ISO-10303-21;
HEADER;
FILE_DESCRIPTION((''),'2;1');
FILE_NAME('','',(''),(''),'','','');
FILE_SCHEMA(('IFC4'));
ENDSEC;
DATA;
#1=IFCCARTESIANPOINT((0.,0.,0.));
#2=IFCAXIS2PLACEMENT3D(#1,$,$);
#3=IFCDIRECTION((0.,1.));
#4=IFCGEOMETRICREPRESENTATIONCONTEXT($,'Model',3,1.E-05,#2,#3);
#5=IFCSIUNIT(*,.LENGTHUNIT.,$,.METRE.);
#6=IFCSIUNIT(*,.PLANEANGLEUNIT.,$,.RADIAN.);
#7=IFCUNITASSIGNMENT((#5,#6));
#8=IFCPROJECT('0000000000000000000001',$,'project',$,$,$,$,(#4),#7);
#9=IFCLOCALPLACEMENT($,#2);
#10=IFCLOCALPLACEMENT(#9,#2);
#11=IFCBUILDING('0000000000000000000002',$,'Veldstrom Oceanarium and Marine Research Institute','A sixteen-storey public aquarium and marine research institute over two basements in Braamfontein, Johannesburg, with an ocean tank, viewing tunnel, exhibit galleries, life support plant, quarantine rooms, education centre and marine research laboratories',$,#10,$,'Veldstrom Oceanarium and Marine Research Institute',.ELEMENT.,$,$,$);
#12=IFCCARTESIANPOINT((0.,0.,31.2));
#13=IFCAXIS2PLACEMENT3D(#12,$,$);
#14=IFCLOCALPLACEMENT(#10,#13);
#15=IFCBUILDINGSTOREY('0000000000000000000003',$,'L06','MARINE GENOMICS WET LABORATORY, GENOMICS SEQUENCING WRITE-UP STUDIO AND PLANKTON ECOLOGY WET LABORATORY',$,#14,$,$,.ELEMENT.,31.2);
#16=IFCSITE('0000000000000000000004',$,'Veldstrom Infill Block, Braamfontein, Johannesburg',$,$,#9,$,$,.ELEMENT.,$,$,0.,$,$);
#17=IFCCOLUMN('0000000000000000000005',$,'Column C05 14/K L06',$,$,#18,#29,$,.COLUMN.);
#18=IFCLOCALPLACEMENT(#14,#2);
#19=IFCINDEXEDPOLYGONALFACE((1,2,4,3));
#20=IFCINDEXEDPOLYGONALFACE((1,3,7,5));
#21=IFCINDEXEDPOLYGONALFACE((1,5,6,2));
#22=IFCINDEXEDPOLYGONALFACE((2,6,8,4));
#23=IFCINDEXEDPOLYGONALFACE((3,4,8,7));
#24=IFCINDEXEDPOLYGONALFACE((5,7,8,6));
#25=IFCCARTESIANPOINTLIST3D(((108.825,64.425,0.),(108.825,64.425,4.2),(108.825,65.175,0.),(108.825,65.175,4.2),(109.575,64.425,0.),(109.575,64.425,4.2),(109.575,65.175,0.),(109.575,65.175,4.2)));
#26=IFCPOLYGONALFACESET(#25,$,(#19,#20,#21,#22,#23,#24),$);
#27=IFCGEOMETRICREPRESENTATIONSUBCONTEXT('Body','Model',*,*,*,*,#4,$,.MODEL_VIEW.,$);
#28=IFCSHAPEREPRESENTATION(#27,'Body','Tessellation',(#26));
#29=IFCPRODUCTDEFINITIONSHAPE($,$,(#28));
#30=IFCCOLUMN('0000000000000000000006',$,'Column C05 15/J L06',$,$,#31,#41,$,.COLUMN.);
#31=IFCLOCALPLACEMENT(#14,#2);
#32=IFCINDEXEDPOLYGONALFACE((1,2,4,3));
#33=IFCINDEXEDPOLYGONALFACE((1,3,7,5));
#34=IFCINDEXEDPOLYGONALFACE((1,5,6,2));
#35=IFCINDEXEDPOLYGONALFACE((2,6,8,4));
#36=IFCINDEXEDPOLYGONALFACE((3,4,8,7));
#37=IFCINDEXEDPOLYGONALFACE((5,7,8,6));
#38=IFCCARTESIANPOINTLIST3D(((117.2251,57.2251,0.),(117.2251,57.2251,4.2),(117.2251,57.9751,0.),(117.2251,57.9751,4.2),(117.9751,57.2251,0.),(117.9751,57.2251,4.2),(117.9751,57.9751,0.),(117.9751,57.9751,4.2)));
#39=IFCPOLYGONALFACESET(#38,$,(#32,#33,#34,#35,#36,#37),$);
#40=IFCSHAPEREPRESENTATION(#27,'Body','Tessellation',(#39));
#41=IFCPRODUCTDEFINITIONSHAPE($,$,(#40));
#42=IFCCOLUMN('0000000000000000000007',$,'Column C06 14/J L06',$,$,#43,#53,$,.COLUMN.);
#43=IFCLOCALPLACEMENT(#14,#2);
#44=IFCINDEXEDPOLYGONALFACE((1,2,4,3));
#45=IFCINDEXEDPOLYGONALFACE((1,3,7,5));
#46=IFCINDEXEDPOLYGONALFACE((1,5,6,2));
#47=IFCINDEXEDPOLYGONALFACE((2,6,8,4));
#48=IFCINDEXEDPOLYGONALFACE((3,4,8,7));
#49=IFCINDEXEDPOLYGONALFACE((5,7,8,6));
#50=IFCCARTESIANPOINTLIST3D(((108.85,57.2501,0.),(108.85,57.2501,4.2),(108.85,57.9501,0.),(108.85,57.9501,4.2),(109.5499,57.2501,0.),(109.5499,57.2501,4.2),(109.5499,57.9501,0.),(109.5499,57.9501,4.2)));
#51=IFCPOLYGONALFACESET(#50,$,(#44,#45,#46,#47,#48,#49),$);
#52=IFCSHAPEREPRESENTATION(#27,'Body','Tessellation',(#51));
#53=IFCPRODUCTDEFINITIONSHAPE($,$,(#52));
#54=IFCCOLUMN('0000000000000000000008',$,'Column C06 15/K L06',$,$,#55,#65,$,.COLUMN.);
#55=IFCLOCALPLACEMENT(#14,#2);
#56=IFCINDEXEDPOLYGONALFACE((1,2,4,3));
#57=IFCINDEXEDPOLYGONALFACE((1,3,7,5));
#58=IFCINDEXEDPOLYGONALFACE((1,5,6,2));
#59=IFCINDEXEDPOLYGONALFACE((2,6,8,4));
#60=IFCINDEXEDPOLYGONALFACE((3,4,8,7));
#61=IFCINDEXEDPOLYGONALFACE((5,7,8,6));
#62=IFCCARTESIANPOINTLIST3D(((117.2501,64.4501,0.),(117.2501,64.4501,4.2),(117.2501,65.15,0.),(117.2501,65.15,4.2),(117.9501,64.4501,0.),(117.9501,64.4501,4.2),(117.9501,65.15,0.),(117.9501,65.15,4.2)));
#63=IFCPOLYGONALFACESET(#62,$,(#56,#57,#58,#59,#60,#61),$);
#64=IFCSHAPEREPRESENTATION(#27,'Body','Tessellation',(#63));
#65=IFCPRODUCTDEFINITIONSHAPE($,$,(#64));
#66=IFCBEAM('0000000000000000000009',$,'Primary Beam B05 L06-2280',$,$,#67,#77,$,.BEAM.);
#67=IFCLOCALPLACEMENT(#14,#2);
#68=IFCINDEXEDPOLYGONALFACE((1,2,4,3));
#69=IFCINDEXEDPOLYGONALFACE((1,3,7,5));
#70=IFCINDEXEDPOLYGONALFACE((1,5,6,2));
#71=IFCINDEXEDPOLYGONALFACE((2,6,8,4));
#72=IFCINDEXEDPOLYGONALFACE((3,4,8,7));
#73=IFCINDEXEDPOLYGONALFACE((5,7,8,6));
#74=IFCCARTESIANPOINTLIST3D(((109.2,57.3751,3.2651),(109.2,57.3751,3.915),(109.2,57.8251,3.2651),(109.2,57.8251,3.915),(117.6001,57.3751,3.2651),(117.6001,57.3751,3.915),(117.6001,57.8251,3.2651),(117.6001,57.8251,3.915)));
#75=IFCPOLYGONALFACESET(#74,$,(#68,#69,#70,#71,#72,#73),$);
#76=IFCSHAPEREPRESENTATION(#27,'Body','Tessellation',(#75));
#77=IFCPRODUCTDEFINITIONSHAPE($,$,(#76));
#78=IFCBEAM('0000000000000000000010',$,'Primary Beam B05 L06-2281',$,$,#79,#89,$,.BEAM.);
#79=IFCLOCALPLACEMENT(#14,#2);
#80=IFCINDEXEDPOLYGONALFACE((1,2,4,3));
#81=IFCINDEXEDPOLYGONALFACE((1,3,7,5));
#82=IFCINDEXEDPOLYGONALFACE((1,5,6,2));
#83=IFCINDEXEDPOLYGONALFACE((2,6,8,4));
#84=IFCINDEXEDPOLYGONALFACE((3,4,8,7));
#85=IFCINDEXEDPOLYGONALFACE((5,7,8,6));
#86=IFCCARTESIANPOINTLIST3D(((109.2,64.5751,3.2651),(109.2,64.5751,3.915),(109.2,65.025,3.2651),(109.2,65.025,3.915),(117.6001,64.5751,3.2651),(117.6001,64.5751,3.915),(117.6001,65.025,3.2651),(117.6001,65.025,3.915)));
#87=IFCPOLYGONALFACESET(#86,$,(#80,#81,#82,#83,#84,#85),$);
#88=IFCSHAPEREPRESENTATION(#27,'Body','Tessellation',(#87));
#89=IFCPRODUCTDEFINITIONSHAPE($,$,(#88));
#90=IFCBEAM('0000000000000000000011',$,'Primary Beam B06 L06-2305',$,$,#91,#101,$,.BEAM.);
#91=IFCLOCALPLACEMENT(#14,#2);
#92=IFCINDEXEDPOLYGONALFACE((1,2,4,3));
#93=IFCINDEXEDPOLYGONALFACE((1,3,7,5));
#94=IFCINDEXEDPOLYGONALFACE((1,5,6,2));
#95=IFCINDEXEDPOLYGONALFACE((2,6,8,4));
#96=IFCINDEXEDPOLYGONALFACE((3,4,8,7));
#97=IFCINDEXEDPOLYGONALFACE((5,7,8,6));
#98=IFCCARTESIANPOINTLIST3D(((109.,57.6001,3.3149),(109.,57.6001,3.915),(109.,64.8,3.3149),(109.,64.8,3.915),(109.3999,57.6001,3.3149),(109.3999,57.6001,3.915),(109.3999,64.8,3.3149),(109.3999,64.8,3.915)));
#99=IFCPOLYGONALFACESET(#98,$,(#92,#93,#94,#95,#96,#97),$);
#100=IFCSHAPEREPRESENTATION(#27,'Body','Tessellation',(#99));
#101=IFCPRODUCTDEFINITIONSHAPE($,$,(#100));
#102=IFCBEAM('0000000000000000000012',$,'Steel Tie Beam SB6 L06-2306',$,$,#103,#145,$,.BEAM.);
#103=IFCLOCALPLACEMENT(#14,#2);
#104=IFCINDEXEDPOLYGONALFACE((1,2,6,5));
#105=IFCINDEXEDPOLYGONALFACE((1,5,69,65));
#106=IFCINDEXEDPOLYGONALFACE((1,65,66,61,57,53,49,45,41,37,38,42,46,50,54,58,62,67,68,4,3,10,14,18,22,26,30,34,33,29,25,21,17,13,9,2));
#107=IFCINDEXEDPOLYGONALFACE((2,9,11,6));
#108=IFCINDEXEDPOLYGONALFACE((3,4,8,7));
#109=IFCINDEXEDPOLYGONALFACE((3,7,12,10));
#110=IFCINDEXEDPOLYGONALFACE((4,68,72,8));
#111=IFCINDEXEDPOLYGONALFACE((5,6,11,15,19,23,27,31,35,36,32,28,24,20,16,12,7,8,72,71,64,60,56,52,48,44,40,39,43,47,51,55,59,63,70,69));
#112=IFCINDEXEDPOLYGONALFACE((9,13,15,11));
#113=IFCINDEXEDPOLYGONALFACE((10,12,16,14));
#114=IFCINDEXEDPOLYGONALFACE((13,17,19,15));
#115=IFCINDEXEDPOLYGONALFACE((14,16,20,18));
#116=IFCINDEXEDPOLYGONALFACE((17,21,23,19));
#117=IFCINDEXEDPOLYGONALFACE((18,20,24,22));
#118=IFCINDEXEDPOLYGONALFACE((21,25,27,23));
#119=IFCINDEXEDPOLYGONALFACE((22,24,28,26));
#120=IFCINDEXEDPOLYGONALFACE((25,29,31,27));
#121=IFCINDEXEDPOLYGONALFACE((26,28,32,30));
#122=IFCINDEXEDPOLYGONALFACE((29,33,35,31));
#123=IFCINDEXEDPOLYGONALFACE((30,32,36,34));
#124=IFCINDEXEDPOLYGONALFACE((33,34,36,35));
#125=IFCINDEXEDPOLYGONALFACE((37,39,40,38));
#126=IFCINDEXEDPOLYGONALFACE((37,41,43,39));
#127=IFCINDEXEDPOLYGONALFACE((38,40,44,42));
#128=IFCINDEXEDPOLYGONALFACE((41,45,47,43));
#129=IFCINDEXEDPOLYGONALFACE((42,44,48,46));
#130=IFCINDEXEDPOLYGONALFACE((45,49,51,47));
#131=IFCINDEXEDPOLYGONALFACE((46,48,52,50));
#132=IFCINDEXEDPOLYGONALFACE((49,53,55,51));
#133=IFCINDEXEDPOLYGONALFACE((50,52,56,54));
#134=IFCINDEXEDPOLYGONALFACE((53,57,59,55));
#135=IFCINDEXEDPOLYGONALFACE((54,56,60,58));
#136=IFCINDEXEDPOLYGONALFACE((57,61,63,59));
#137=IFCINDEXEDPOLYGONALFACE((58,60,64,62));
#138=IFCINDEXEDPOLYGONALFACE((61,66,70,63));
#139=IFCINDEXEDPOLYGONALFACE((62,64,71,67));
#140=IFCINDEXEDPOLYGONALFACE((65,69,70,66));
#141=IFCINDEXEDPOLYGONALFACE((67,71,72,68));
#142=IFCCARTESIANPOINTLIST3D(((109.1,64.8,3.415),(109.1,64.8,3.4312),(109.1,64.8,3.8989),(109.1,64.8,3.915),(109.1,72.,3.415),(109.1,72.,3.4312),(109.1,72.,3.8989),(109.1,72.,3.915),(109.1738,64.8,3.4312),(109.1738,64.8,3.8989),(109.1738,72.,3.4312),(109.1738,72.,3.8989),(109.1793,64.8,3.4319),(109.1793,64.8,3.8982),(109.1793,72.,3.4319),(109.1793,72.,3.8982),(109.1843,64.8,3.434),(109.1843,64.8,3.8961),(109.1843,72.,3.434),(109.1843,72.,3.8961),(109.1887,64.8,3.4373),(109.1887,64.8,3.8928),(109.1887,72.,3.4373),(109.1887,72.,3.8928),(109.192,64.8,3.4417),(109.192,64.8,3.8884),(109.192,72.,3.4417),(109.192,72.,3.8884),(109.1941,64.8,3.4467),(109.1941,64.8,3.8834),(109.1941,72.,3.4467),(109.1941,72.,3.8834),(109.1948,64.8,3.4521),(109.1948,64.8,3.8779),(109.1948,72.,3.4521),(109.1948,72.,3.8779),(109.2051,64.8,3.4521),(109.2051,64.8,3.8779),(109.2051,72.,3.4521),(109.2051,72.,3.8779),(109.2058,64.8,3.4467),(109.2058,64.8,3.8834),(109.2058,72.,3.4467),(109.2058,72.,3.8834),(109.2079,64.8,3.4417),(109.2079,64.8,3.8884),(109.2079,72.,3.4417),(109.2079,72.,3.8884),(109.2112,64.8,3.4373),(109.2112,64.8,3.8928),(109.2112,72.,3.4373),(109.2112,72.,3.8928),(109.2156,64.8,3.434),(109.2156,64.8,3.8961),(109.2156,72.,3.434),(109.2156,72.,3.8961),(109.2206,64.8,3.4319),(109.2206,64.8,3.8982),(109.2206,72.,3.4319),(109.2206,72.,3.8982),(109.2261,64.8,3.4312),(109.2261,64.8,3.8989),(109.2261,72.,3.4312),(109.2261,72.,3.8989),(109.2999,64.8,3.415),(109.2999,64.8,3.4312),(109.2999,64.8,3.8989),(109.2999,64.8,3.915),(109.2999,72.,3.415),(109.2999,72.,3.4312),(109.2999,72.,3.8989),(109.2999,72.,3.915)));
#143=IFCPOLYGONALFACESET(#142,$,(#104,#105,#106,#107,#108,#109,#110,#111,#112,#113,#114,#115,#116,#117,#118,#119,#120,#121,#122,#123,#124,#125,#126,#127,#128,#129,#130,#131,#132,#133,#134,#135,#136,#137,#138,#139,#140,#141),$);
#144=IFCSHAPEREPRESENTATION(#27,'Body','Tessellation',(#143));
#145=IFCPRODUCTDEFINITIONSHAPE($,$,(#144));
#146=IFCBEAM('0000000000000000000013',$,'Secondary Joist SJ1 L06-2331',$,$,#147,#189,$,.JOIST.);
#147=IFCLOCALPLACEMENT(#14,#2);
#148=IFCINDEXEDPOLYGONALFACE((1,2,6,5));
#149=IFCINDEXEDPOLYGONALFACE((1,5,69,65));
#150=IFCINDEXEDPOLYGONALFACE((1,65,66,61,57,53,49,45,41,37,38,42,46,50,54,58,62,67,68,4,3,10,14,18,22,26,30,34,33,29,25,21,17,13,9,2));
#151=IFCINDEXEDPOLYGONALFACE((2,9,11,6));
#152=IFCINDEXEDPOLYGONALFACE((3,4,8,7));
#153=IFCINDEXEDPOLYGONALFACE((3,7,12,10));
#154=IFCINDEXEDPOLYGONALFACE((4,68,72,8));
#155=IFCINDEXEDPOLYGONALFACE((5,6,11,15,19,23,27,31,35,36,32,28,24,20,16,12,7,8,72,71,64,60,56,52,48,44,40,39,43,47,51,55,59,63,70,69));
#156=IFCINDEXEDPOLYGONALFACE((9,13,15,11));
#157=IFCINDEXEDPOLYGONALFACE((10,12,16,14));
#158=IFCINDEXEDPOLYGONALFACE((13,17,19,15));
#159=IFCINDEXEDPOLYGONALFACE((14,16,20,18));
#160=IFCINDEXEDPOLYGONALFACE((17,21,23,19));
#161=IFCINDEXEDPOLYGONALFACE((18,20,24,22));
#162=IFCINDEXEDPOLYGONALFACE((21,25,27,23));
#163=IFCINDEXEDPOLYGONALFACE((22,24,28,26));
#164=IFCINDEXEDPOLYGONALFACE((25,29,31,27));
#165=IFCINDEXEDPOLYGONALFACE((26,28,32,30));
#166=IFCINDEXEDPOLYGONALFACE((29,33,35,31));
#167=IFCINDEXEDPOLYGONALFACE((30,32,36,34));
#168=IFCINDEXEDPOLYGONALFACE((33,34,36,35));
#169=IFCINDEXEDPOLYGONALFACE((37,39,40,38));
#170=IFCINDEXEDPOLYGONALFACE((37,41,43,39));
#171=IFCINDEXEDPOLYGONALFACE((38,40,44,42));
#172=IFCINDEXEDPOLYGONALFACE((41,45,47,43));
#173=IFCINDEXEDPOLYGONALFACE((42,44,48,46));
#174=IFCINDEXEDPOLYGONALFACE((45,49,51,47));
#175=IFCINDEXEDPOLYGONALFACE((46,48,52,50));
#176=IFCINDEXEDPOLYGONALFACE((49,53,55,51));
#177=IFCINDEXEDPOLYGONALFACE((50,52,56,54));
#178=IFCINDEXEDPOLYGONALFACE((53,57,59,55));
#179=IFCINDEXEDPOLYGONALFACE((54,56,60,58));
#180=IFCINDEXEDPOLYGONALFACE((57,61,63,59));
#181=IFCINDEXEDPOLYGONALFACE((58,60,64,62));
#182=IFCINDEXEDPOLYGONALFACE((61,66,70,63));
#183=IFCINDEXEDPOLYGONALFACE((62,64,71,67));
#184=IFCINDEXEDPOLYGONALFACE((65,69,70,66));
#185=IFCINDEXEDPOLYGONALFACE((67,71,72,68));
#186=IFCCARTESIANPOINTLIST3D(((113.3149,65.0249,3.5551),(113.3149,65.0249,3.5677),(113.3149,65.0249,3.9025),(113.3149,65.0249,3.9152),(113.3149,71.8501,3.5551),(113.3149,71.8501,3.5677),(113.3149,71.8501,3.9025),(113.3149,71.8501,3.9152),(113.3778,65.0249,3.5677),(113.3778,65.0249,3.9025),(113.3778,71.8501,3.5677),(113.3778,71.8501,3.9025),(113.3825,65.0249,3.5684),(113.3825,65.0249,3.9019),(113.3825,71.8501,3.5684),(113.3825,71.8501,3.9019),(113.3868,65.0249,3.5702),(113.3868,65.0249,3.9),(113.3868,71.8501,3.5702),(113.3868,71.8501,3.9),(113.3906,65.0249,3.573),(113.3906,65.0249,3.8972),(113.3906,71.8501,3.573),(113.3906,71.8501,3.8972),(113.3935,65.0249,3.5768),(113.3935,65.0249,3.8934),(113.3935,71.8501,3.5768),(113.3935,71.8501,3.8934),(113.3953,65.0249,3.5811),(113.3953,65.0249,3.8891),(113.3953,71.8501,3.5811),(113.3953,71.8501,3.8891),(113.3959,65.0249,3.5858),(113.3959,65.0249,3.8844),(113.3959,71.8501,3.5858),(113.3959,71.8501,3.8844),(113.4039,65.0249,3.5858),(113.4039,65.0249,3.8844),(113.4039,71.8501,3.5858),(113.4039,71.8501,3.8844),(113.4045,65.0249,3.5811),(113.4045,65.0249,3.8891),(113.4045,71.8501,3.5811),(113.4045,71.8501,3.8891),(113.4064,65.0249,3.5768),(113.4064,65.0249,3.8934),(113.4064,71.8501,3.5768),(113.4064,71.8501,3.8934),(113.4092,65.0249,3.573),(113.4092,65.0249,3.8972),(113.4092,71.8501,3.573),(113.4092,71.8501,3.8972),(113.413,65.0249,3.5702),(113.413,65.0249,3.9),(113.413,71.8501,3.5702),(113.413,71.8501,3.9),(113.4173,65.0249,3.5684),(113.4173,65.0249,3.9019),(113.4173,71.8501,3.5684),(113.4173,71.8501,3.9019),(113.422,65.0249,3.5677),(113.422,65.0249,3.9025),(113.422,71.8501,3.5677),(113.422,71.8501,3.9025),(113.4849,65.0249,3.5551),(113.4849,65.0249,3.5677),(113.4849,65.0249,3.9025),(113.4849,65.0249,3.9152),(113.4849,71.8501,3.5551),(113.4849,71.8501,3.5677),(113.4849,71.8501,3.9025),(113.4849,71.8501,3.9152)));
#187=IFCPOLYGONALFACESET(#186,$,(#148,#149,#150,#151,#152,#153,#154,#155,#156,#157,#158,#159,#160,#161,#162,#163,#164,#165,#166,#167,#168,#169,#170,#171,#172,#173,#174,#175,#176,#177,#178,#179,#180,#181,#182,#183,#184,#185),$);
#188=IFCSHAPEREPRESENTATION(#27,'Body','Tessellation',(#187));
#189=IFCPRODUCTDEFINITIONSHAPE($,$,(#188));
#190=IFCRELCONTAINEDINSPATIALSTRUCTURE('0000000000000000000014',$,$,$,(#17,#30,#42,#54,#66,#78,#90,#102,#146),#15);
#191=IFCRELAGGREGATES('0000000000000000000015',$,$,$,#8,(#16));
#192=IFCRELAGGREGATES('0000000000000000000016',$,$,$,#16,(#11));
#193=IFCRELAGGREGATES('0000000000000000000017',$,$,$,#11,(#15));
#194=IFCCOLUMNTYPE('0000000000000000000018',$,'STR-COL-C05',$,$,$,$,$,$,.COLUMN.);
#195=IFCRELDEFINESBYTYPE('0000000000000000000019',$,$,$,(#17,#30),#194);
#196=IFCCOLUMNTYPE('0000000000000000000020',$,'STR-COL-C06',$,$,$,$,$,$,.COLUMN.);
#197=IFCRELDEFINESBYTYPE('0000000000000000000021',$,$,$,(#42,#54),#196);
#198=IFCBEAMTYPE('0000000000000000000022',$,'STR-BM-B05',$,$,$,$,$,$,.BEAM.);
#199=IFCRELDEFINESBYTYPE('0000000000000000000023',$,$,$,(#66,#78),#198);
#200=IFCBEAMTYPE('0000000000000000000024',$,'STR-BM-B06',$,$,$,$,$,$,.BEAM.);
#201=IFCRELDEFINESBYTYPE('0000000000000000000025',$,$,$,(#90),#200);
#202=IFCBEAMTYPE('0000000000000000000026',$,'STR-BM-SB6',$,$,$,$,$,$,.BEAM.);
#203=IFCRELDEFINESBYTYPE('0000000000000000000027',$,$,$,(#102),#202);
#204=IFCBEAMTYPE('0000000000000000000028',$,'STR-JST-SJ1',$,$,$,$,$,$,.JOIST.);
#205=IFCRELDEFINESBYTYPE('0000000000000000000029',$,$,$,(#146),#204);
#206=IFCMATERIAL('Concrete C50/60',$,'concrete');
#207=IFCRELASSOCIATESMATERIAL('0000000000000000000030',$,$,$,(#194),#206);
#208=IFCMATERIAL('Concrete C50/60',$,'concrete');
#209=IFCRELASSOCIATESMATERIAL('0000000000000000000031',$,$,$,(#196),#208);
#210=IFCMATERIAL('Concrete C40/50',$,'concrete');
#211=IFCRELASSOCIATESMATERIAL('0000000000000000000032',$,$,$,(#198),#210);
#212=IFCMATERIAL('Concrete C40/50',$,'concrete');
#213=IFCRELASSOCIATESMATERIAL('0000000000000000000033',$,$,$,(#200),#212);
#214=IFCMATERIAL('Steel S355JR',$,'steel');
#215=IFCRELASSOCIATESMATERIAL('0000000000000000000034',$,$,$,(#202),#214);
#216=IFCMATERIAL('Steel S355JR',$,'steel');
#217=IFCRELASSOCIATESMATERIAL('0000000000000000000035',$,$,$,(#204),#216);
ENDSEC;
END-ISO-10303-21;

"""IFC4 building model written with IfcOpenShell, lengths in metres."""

from ifc_helpers import new_model, si_unit, direction, frame, origin, origin_2d, place, context, subcontext, project, spatial, rectangle, i_section, extrude, material, material_profile, profile_set, type_object, element, save


model = new_model("IFC4")

# Units and contexts
model_context = context("Model", 3, precision=1e-05, world=origin(), true_north=direction((0.0, 1.0)))
body_context = subcontext(model_context, "Body", "Model", "MODEL_VIEW")
ifc_project = project(units=[si_unit("LENGTHUNIT", "METRE"), si_unit("PLANEANGLEUNIT", "RADIAN")], contexts=[model_context])

# Site, building, storey
site_placement = place(None, origin())
site = spatial("IfcSite", under=ifc_project, at=site_placement, Name="Veldstrom Infill Block, Braamfontein, Johannesburg", CompositionType="ELEMENT", RefElevation=0.0)
building_placement = place(site_placement, origin())
building = spatial("IfcBuilding", under=site, at=building_placement, Name="Veldstrom Oceanarium and Marine Research Institute", Description="A sixteen-storey public aquarium and marine research institute over two basements in Braamfontein, Johannesburg, with an ocean tank, viewing tunnel, exhibit galleries, life support plant, quarantine rooms, education centre and marine research laboratories", LongName="Veldstrom Oceanarium and Marine Research Institute", CompositionType="ELEMENT")
storey_placement = place(building_placement, frame((0.0, 0.0, 31.2)))
storey = spatial("IfcBuildingStorey", under=building, at=storey_placement, Name="L06", Description="MARINE GENOMICS WET LABORATORY, GENOMICS SEQUENCING WRITE-UP STUDIO AND PLANKTON ECOLOGY WET LABORATORY", CompositionType="ELEMENT", Elevation=31.2)

# Columns
ifc_material_1 = material(Name="Concrete C50/60", Category="concrete")
ifc_material_profile_1 = material_profile(ifc_material_1, rectangle(XDim=0.75, YDim=0.75, at=origin_2d()), Name="RC-COL-750x750")
ifc_profile_set_1 = profile_set([ifc_material_profile_1], Name="Concrete C50/60")
column_type_1 = type_object("IfcColumnType", Name="STR-COL-C05", PredefinedType="COLUMN", material=ifc_profile_set_1)
for number, where, z_axis, x_axis, name in (
    (1, (109.2, 64.8, 0.0), (0.0, 0.0, 1.0), (1.0, 0.0, 0.0), "Column C05 14/K L06"),
    (2, (117.6001, 57.6001, 0.0), (0.0, 0.0, 1.0), (1.0, 0.0, 0.0), "Column C05 15/J L06"),
):
    element("IfcColumn", number, at=place(storey_placement, frame(where, z_axis=z_axis, x_axis=x_axis)), inside=storey, type_object=column_type_1, Name=name, PredefinedType="COLUMN", context=body_context, shape_type="SweptSolid", body=[
        extrude(rectangle(XDim=0.75, YDim=0.75, at=origin_2d()), origin(), (0.0, 0.0, 1.0), 4.2),
    ])
ifc_material_2 = material(Name="Concrete C50/60", Category="concrete")
ifc_material_profile_2 = material_profile(ifc_material_2, rectangle(XDim=0.7, YDim=0.7, at=origin_2d()), Name="RC-COL-700x700")
ifc_profile_set_2 = profile_set([ifc_material_profile_2], Name="Concrete C50/60")
column_type_2 = type_object("IfcColumnType", Name="STR-COL-C06", PredefinedType="COLUMN", material=ifc_profile_set_2)
for number, where, z_axis, x_axis, name in (
    (3, (109.2, 57.6001, 0.0), (0.0, 0.0, 1.0), (1.0, 0.0, 0.0), "Column C06 14/J L06"),
    (4, (117.6001, 64.8, 0.0), (0.0, 0.0, 1.0), (1.0, 0.0, 0.0), "Column C06 15/K L06"),
):
    element("IfcColumn", number, at=place(storey_placement, frame(where, z_axis=z_axis, x_axis=x_axis)), inside=storey, type_object=column_type_2, Name=name, PredefinedType="COLUMN", context=body_context, shape_type="SweptSolid", body=[
        extrude(rectangle(XDim=0.7, YDim=0.7, at=origin_2d()), origin(), (0.0, 0.0, 1.0), 4.2),
    ])

# Beams
ifc_material_3 = material(Name="Concrete C40/50", Category="concrete")
ifc_material_profile_3 = material_profile(ifc_material_3, rectangle(XDim=0.45, YDim=0.6499, at=origin_2d()), Name="RC-BM-450x650")
ifc_profile_set_3 = profile_set([ifc_material_profile_3], Name="Concrete C40/50")
beam_type_1 = type_object("IfcBeamType", Name="STR-BM-B05", PredefinedType="BEAM", material=ifc_profile_set_3)
for number, where, z_axis, x_axis, name in (
    (5, (109.2, 57.6001, 3.5901), (1.0, 0.0, 0.0), (0.0, 1.0, 0.0), "Primary Beam B05 L06-2280"),
    (6, (109.2, 64.8, 3.5901), (1.0, 0.0, 0.0), (0.0, 1.0, 0.0), "Primary Beam B05 L06-2281"),
):
    element("IfcBeam", number, at=place(storey_placement, frame(where, z_axis=z_axis, x_axis=x_axis)), inside=storey, type_object=beam_type_1, Name=name, PredefinedType="BEAM", context=body_context, shape_type="SweptSolid", body=[
        extrude(rectangle(XDim=0.45, YDim=0.6499, at=origin_2d()), origin(), (0.0, 0.0, 1.0), 8.4001),
    ])
ifc_material_4 = material(Name="Concrete C40/50", Category="concrete")
ifc_material_profile_4 = material_profile(ifc_material_4, rectangle(XDim=0.3999, YDim=0.6001, at=origin_2d()), Name="RC-BM-400x600")
ifc_profile_set_4 = profile_set([ifc_material_profile_4], Name="Concrete C40/50")
beam_type_2 = type_object("IfcBeamType", Name="STR-BM-B06", PredefinedType="BEAM", material=ifc_profile_set_4)
beam_1_placement = place(storey_placement, frame((109.2, 57.6001, 3.615), z_axis=(0.0, 1.0, 0.0), x_axis=(-1.0, 0.0, 0.0)))
element("IfcBeam", 7, at=beam_1_placement, inside=storey, type_object=beam_type_2, Name="Primary Beam B06 L06-2305", PredefinedType="BEAM", context=body_context, shape_type="SweptSolid", body=[
    extrude(rectangle(XDim=0.3999, YDim=0.6001, at=origin_2d()), origin(), (0.0, 0.0, 1.0), 7.2),
])
ifc_material_5 = material(Name="Steel S355JR", Category="steel")
ifc_material_profile_5 = material_profile(ifc_material_5, i_section(OverallWidth=0.2, OverallDepth=0.5, WebThickness=0.0103, FlangeThickness=0.0161, FilletRadius=0.021, at=origin_2d()), Name="IPE 500")
ifc_profile_set_5 = profile_set([ifc_material_profile_5], Name="Steel S355JR")
beam_type_3 = type_object("IfcBeamType", Name="STR-BM-SB6", PredefinedType="BEAM", material=ifc_profile_set_5)
beam_2_placement = place(storey_placement, frame((109.2, 64.8, 3.665), z_axis=(0.0, 1.0, 0.0), x_axis=(-1.0, 0.0, 0.0)))
element("IfcBeam", 8, at=beam_2_placement, inside=storey, type_object=beam_type_3, Name="Steel Tie Beam SB6 L06-2306", PredefinedType="BEAM", context=body_context, shape_type="SweptSolid", body=[
    extrude(i_section(OverallWidth=0.2, OverallDepth=0.5, WebThickness=0.0103, FlangeThickness=0.0161, FilletRadius=0.021, at=origin_2d()), origin(), (0.0, 0.0, 1.0), 7.2),
])
ifc_material_6 = material(Name="Steel S355JR", Category="steel")
ifc_material_profile_6 = material_profile(ifc_material_6, i_section(OverallWidth=0.1699, OverallDepth=0.3601, WebThickness=0.0081, FlangeThickness=0.0127, FilletRadius=0.0181, at=origin_2d()), Name="IPE 360")
ifc_profile_set_6 = profile_set([ifc_material_profile_6], Name="Steel S355JR")
beam_type_4 = type_object("IfcBeamType", Name="STR-JST-SJ1", PredefinedType="JOIST", material=ifc_profile_set_6)
beam_3_placement = place(storey_placement, frame((113.3999, 65.0249, 3.7351), z_axis=(0.0, 1.0, 0.0), x_axis=(-1.0, 0.0, 0.0)))
element("IfcBeam", 9, at=beam_3_placement, inside=storey, type_object=beam_type_4, Name="Secondary Joist SJ1 L06-2331", PredefinedType="JOIST", context=body_context, shape_type="SweptSolid", body=[
    extrude(i_section(OverallWidth=0.1699, OverallDepth=0.3601, WebThickness=0.0081, FlangeThickness=0.0127, FilletRadius=0.0181, at=origin_2d()), origin(), (0.0, 0.0, 1.0), 6.8252),
])

save(model, "model.ifc")
